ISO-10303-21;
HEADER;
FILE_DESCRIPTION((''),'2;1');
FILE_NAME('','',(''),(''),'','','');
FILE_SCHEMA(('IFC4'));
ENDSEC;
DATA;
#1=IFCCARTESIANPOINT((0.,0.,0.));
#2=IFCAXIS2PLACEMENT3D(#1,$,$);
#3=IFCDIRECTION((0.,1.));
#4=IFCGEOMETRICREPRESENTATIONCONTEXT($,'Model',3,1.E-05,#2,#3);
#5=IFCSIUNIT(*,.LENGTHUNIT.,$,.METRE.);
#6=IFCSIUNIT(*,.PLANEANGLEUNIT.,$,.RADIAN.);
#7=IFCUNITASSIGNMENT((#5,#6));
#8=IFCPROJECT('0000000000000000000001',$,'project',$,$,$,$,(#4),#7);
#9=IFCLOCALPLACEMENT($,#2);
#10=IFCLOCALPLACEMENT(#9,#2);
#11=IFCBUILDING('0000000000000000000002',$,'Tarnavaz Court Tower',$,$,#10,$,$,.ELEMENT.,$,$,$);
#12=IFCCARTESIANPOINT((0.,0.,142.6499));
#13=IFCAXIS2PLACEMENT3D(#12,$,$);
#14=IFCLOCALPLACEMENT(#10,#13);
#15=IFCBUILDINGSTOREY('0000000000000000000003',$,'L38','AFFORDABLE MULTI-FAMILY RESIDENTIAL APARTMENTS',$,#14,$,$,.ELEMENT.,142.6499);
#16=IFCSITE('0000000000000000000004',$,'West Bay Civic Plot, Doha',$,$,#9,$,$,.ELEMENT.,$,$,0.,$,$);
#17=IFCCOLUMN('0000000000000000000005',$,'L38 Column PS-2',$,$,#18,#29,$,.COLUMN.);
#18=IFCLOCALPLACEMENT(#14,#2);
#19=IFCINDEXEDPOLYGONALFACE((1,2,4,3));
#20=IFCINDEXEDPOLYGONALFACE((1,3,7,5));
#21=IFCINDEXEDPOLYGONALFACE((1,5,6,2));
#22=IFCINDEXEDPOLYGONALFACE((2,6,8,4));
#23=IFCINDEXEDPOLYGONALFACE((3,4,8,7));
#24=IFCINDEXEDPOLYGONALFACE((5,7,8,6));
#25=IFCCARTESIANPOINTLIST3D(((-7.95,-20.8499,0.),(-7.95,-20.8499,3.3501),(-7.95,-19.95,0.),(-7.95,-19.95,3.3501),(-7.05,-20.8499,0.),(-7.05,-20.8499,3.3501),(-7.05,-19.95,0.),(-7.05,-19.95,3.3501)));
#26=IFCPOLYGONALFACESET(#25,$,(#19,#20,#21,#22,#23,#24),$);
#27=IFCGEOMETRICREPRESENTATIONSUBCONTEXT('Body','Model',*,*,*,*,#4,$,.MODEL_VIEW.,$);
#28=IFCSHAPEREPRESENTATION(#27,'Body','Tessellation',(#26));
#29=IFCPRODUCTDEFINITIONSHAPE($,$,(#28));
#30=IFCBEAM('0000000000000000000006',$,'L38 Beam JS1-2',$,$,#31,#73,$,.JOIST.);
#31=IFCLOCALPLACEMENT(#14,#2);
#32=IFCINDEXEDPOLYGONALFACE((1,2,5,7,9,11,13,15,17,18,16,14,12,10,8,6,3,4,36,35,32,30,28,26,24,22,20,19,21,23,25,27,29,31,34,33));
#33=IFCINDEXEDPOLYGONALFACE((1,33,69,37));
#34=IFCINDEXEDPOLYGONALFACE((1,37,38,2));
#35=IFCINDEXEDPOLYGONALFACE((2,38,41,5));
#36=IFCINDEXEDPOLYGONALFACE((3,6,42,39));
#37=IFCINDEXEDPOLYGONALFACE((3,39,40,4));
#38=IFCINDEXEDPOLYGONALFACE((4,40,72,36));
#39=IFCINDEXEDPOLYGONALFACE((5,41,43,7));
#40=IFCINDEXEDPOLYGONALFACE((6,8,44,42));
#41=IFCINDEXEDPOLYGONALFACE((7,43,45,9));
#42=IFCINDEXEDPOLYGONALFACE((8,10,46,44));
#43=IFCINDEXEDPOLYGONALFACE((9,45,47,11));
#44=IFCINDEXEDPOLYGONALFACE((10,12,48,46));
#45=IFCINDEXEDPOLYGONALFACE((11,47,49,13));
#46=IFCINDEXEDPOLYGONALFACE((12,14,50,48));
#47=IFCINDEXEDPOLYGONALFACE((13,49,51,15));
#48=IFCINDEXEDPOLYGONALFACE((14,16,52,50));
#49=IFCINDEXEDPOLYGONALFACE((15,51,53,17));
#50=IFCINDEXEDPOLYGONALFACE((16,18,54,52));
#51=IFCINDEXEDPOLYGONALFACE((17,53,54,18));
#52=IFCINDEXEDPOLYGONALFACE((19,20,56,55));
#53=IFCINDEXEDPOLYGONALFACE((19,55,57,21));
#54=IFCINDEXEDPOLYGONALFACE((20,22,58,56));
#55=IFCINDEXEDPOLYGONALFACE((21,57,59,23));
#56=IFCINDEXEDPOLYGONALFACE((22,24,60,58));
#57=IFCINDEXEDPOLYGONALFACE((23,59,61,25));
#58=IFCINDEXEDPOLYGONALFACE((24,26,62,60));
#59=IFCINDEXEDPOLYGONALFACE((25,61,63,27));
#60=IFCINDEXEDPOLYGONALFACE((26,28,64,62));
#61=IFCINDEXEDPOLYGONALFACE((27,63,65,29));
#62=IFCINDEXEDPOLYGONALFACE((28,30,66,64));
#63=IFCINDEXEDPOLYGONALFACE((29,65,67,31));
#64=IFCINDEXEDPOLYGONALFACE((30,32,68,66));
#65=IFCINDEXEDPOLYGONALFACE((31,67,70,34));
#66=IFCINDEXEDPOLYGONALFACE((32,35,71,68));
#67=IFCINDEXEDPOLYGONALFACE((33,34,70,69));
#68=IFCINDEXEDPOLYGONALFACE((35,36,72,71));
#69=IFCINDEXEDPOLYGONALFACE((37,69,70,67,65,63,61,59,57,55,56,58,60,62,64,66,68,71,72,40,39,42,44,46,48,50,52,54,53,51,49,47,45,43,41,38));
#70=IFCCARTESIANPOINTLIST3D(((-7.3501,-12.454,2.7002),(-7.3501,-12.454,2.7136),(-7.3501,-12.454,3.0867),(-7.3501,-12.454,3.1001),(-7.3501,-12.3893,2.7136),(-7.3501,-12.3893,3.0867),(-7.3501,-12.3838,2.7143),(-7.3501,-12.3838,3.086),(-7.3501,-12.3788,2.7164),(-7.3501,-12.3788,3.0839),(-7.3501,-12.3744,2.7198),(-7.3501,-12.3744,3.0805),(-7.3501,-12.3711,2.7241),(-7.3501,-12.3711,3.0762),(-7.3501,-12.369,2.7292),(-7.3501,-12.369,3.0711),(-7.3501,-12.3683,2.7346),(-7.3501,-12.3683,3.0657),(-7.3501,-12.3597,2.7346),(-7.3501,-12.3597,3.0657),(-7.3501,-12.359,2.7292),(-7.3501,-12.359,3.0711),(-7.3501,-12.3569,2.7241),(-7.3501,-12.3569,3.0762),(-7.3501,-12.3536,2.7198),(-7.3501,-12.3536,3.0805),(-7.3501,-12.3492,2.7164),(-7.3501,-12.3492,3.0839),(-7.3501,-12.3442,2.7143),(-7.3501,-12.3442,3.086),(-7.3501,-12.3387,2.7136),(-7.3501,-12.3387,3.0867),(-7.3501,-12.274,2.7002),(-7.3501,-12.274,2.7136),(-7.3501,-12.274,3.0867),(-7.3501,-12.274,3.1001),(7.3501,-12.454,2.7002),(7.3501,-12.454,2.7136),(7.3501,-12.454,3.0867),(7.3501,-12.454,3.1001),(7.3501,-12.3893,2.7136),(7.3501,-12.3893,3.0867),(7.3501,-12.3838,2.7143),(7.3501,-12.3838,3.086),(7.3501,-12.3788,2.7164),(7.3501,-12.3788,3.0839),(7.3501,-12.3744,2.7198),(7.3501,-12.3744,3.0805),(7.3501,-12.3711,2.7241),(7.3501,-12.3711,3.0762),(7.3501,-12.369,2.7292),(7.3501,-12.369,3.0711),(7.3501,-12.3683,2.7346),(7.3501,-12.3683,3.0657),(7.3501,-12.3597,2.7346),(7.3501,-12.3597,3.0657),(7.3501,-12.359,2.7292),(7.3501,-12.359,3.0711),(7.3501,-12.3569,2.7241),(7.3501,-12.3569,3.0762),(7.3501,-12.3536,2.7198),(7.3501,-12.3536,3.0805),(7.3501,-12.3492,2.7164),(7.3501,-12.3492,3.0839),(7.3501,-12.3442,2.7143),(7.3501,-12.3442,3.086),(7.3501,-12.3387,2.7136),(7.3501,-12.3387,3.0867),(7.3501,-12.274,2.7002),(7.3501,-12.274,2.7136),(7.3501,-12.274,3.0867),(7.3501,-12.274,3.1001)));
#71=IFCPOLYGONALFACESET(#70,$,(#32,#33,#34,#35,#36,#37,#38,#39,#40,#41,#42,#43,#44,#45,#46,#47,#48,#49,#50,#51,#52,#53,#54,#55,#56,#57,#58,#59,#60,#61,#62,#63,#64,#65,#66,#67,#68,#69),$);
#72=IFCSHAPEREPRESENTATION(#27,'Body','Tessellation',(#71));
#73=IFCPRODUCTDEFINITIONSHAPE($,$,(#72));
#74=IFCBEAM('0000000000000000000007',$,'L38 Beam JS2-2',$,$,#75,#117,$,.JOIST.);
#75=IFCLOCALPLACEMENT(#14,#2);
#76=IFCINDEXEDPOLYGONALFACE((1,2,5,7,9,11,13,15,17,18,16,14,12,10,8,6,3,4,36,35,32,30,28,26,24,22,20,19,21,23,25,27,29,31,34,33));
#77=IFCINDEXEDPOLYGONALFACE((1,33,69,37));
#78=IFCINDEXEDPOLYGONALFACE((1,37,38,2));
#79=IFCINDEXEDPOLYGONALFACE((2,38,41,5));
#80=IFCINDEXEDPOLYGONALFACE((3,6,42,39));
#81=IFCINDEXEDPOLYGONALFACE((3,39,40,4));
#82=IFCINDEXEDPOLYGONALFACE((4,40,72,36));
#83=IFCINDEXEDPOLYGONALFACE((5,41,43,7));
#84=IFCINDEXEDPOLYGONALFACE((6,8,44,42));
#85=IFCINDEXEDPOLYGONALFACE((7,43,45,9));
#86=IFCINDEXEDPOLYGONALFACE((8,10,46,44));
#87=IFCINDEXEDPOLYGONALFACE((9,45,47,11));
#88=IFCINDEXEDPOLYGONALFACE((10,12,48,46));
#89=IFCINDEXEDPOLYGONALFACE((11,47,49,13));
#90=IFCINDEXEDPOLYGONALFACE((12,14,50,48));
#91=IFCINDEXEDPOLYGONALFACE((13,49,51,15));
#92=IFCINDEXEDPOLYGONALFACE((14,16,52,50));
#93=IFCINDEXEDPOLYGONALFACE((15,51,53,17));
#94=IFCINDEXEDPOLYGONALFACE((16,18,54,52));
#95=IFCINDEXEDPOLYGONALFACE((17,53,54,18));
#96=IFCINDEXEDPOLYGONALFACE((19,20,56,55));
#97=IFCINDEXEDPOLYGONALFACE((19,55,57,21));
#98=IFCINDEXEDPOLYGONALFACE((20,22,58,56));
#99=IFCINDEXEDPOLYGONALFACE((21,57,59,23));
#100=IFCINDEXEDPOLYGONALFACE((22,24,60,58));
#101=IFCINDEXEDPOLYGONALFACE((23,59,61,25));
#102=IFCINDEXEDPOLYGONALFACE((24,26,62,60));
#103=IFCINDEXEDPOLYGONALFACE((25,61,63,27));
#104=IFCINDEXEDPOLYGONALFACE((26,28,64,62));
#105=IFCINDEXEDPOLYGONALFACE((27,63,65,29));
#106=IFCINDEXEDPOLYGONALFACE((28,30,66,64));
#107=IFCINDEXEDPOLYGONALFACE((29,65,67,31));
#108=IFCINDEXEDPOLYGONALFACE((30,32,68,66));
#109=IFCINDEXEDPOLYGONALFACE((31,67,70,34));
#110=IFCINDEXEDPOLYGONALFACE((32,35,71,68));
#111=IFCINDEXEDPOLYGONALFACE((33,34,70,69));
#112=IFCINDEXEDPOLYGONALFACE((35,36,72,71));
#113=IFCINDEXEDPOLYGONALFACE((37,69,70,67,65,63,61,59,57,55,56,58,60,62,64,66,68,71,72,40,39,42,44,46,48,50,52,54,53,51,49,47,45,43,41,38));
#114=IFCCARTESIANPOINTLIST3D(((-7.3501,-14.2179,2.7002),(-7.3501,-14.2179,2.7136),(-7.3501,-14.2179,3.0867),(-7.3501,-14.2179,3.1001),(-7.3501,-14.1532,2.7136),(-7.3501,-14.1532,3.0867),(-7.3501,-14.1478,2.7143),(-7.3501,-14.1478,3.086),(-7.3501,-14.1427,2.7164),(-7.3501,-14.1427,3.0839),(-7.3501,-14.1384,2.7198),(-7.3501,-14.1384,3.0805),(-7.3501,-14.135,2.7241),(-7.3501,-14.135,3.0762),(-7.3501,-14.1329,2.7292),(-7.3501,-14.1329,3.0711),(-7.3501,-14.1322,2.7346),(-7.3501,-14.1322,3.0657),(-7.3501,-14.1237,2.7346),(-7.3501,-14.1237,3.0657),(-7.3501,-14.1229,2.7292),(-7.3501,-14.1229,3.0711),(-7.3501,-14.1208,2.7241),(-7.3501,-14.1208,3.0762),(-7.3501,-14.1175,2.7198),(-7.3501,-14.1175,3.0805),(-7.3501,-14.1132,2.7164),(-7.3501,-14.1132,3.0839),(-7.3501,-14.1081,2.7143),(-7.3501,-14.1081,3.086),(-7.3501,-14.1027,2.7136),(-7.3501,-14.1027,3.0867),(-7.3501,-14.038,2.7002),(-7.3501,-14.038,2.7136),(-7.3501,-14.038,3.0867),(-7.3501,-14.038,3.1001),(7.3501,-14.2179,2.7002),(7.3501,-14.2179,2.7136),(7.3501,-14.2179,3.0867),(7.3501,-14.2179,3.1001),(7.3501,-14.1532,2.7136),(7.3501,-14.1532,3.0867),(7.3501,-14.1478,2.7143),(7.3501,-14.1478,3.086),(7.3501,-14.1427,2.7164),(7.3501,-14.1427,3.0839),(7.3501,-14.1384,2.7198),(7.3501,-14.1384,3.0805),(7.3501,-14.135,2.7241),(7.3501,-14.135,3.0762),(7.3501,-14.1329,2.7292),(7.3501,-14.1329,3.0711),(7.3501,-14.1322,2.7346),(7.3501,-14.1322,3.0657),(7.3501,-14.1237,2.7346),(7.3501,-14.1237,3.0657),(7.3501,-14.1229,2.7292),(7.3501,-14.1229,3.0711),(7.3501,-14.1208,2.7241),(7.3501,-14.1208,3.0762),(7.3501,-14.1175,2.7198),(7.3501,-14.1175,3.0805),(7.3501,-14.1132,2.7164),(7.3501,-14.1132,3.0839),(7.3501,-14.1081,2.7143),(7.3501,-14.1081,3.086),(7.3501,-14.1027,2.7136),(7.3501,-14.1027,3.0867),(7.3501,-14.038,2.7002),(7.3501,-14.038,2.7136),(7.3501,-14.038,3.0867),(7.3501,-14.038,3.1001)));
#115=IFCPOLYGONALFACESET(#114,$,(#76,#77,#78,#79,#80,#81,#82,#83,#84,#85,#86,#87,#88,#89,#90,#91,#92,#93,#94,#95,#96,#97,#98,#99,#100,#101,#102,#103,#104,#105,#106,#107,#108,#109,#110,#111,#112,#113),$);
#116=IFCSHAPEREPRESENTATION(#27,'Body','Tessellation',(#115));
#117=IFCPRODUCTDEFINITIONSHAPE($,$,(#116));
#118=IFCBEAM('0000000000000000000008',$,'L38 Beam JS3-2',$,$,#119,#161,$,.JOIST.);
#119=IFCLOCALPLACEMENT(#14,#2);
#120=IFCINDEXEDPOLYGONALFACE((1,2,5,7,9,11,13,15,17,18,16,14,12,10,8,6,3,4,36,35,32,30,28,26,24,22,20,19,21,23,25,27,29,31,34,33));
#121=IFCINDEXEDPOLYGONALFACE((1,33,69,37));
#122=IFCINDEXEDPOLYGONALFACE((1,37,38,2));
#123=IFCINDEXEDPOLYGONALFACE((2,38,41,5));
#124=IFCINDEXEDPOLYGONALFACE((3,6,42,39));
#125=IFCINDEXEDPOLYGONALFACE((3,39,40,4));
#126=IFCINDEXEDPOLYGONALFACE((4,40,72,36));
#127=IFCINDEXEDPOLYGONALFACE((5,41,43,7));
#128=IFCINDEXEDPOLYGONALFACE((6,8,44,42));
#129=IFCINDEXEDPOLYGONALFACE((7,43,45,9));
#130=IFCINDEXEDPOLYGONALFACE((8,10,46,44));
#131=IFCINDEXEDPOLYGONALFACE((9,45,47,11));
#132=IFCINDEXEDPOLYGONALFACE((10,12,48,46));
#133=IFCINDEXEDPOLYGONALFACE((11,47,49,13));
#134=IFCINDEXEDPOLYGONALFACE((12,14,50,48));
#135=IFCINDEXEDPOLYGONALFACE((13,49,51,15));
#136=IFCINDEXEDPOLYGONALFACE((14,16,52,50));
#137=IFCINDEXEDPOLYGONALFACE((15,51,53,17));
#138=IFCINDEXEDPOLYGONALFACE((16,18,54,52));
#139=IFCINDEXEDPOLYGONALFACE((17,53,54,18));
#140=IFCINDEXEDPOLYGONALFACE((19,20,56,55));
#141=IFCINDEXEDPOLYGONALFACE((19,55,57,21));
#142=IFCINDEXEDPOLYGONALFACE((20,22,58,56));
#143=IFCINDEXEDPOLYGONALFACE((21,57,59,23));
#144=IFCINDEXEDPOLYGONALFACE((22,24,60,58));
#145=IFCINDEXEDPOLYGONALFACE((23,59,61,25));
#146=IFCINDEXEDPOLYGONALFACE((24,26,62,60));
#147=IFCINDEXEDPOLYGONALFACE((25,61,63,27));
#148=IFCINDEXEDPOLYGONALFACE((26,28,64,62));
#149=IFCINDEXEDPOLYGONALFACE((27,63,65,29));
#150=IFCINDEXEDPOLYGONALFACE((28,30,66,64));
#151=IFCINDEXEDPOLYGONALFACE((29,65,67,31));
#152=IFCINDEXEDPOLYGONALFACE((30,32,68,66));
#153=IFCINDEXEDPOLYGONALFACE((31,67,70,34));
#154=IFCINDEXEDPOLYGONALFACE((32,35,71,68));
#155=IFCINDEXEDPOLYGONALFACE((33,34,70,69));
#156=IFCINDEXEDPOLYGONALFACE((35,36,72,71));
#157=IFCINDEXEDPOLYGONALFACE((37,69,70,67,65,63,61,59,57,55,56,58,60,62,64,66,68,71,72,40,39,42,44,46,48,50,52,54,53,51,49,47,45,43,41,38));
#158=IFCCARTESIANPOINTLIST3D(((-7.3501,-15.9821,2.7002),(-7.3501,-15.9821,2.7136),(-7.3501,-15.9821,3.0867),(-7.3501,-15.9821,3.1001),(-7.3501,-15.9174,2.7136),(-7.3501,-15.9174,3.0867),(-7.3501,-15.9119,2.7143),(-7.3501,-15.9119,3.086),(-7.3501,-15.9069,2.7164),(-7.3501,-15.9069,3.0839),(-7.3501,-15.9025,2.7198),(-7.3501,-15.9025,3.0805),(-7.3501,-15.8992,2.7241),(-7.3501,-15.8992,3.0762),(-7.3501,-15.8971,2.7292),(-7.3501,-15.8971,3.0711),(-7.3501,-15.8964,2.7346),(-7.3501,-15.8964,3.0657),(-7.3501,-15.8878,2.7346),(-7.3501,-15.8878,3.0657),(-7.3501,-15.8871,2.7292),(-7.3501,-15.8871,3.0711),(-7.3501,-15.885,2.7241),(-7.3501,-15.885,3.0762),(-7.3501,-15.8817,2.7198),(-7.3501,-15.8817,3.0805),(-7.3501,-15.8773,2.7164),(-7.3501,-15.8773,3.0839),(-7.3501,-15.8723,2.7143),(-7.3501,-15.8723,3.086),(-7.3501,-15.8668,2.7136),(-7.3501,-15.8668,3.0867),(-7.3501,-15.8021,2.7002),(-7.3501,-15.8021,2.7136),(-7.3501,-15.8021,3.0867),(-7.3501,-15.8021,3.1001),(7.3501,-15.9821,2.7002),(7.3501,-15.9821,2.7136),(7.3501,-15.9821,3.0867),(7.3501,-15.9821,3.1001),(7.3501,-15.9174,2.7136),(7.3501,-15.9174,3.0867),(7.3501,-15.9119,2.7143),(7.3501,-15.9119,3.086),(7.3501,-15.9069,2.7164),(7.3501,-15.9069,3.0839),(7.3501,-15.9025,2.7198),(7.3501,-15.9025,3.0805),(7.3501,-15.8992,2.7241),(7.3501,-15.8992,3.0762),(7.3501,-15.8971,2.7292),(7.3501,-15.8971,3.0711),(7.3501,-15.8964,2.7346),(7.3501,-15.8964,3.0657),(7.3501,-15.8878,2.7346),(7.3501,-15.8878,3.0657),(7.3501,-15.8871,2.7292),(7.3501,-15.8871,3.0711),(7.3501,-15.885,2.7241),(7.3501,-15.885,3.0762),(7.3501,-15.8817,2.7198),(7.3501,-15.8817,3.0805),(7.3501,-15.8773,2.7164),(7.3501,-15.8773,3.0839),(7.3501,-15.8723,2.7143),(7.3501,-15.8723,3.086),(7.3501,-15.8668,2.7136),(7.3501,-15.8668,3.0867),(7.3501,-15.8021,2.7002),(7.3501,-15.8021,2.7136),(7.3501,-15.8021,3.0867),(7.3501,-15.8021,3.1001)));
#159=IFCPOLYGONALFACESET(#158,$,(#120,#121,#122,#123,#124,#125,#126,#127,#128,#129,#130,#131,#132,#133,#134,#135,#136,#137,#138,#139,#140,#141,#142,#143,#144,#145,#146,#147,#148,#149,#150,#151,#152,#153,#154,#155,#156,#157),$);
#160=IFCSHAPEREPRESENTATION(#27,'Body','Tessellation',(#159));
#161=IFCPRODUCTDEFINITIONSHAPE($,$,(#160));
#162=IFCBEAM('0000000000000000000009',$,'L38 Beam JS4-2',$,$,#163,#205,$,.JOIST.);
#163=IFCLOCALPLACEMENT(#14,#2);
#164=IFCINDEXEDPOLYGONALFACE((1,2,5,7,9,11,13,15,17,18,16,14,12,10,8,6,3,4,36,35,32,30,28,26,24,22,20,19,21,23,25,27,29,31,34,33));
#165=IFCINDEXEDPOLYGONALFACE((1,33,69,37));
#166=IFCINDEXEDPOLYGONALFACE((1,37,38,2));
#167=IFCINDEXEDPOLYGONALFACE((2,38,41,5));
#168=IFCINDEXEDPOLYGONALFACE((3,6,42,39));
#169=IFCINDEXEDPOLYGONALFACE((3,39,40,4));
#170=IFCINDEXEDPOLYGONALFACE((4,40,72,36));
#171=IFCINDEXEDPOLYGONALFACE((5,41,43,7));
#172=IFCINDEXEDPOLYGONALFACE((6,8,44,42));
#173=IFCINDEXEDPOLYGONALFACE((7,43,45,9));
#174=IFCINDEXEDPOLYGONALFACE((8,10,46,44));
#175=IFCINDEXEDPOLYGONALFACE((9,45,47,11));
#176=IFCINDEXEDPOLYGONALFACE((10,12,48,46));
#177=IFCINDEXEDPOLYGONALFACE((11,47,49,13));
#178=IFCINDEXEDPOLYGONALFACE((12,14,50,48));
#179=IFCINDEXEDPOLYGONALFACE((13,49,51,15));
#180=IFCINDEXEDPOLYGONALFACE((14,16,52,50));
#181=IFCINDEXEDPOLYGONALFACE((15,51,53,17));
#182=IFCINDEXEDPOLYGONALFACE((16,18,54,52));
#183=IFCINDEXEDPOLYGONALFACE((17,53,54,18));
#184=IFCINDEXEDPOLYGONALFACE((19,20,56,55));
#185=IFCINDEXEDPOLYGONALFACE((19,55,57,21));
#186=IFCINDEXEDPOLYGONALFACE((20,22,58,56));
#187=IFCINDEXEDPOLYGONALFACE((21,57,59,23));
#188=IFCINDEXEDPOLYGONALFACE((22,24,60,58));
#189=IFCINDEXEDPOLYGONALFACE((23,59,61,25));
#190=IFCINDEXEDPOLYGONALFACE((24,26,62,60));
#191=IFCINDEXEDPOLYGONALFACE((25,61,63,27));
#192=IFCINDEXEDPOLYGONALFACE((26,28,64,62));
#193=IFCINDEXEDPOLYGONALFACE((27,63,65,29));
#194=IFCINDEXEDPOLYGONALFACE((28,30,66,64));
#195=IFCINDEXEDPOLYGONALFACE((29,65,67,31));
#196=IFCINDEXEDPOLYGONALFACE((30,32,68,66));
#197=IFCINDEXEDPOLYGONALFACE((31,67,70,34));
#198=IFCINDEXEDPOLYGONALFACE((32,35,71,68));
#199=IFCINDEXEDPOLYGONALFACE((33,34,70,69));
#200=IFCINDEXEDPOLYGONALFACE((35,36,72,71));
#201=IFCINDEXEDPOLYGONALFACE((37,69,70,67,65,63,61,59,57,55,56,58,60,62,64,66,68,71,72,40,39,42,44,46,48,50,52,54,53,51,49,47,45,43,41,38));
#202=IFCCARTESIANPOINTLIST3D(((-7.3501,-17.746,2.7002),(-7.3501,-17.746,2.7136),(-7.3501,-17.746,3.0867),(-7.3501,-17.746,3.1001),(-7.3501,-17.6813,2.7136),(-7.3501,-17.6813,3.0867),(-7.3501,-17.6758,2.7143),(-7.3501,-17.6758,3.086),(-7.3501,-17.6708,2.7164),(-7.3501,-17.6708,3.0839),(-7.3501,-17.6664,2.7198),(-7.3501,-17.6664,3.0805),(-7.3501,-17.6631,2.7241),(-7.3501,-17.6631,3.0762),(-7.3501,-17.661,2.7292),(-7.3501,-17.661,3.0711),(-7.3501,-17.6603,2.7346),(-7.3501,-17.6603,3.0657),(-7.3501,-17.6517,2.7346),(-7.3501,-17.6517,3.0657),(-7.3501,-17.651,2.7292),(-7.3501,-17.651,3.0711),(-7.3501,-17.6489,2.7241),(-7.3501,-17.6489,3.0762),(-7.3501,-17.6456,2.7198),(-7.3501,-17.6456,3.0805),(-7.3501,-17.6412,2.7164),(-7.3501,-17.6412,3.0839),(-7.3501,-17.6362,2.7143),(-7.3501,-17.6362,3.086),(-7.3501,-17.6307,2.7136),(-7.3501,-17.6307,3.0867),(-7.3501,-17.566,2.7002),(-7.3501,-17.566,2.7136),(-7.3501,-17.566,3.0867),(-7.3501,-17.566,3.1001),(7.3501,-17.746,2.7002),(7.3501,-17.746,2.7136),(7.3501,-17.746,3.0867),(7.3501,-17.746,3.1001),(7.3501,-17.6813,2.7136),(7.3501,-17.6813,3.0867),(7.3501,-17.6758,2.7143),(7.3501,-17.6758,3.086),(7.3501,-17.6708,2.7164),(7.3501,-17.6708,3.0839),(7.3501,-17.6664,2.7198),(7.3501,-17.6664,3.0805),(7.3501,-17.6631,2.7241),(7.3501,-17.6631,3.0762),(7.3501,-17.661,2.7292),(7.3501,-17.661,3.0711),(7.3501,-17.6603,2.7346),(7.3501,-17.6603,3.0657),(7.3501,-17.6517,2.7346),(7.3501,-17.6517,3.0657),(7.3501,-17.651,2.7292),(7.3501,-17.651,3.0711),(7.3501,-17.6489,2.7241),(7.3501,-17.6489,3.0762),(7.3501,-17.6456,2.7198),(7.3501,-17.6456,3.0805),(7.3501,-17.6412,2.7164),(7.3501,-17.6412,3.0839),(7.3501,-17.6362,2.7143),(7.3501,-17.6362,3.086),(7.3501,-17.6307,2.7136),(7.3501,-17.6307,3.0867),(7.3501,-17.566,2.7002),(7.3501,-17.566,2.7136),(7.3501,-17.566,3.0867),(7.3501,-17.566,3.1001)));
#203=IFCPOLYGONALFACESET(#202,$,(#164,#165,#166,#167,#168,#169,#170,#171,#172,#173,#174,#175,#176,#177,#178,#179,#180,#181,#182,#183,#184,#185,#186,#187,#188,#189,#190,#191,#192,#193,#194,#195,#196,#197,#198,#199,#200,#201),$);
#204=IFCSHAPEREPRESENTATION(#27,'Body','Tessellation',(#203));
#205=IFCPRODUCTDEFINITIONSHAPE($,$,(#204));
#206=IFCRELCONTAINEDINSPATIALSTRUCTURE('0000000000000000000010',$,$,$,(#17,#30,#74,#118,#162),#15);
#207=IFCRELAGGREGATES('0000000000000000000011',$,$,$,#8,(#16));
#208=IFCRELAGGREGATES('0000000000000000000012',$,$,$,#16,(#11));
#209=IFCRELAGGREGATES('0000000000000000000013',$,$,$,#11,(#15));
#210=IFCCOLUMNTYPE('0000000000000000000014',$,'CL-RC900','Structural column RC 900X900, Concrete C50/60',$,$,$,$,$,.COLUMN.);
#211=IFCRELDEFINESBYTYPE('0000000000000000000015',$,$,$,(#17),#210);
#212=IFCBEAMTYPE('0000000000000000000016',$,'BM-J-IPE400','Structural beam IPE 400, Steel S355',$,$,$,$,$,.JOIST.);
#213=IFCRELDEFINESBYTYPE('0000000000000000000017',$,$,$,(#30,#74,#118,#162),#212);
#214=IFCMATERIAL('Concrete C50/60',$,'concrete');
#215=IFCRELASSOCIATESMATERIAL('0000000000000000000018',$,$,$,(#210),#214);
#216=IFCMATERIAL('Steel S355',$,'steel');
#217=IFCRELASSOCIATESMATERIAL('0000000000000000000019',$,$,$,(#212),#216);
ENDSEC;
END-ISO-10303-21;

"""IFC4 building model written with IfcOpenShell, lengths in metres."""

from ifc_helpers import new_model, si_unit, direction, frame, origin, origin_2d, place, context, subcontext, project, spatial, rectangle, i_section, extrude, material, material_profile, profile_set, type_object, element, save


model = new_model("IFC4")

# Units and contexts
model_context = context("Model", 3, precision=1e-05, world=origin(), true_north=direction((0.0, 1.0)))
body_context = subcontext(model_context, "Body", "Model", "MODEL_VIEW")
ifc_project = project(units=[si_unit("LENGTHUNIT", "METRE"), si_unit("PLANEANGLEUNIT", "RADIAN")], contexts=[model_context])

# Site, building, storey
site_placement = place(None, origin())
site = spatial("IfcSite", under=ifc_project, at=site_placement, Name="West Bay Civic Plot, Doha", CompositionType="ELEMENT", RefElevation=0.0)
building_placement = place(site_placement, origin())
building = spatial("IfcBuilding", under=site, at=building_placement, Name="Tarnavaz Court Tower", CompositionType="ELEMENT")
storey_placement = place(building_placement, frame((0.0, 0.0, 142.6499)))
storey = spatial("IfcBuildingStorey", under=building, at=storey_placement, Name="L38", Description="AFFORDABLE MULTI-FAMILY RESIDENTIAL APARTMENTS", CompositionType="ELEMENT", Elevation=142.6499)

# Column
ifc_material_1 = material(Name="Concrete C50/60", Category="concrete")
ifc_material_profile_1 = material_profile(ifc_material_1, rectangle(XDim=0.8999, YDim=0.8999, at=origin_2d()), Name="RC 900X900")
ifc_profile_set_1 = profile_set([ifc_material_profile_1], Name="Concrete C50/60")
column_type = type_object("IfcColumnType", Name="CL-RC900", Description="Structural column RC 900X900, Concrete C50/60", PredefinedType="COLUMN", material=ifc_profile_set_1)
column_placement = place(storey_placement, frame((-7.5, -20.3999, 0.0), z_axis=(0.0, 0.0, 1.0), x_axis=(1.0, 0.0, 0.0)))
element("IfcColumn", 1, at=column_placement, inside=storey, type_object=column_type, Name="L38 Column PS-2", PredefinedType="COLUMN", context=body_context, shape_type="SweptSolid", body=[
    extrude(rectangle(XDim=0.8999, YDim=0.8999, at=origin_2d()), origin(), (0.0, 0.0, 1.0), 3.3501),
])

# Beams
ifc_material_2 = material(Name="Steel S355", Category="steel")
ifc_material_profile_2 = material_profile(ifc_material_2, i_section(OverallWidth=0.1799, OverallDepth=0.3999, WebThickness=0.0085, FlangeThickness=0.0134, FilletRadius=0.021, at=origin_2d()), Name="IPE 400")
ifc_profile_set_2 = profile_set([ifc_material_profile_2], Name="Steel S355")
beam_type_1 = type_object("IfcBeamType", Name="BM-J-IPE400", Description="Structural beam IPE 400, Steel S355", PredefinedType="JOIST", material=ifc_profile_set_2)
for number, where, z_axis, x_axis, name in (
    (2, (-7.3501, -12.364, 2.9001), (1.0, 0.0, 0.0), (0.0, 1.0, 0.0), "L38 Beam JS1-2"),
    (3, (-7.3501, -14.1279, 2.9001), (1.0, 0.0, 0.0), (0.0, 1.0, 0.0), "L38 Beam JS2-2"),
    (4, (-7.3501, -15.8921, 2.9001), (1.0, 0.0, 0.0), (0.0, 1.0, 0.0), "L38 Beam JS3-2"),
    (5, (-7.3501, -17.656, 2.9001), (1.0, 0.0, 0.0), (0.0, 1.0, 0.0), "L38 Beam JS4-2"),
):
    element("IfcBeam", number, at=place(storey_placement, frame(where, z_axis=z_axis, x_axis=x_axis)), inside=storey, type_object=beam_type_1, Name=name, PredefinedType="JOIST", context=body_context, shape_type="SweptSolid", body=[
        extrude(i_section(OverallWidth=0.1799, OverallDepth=0.3999, WebThickness=0.0085, FlangeThickness=0.0134, FilletRadius=0.021, at=origin_2d()), origin(), (0.0, 0.0, 1.0), 14.7002),
    ])

save(model, "model.ifc")
